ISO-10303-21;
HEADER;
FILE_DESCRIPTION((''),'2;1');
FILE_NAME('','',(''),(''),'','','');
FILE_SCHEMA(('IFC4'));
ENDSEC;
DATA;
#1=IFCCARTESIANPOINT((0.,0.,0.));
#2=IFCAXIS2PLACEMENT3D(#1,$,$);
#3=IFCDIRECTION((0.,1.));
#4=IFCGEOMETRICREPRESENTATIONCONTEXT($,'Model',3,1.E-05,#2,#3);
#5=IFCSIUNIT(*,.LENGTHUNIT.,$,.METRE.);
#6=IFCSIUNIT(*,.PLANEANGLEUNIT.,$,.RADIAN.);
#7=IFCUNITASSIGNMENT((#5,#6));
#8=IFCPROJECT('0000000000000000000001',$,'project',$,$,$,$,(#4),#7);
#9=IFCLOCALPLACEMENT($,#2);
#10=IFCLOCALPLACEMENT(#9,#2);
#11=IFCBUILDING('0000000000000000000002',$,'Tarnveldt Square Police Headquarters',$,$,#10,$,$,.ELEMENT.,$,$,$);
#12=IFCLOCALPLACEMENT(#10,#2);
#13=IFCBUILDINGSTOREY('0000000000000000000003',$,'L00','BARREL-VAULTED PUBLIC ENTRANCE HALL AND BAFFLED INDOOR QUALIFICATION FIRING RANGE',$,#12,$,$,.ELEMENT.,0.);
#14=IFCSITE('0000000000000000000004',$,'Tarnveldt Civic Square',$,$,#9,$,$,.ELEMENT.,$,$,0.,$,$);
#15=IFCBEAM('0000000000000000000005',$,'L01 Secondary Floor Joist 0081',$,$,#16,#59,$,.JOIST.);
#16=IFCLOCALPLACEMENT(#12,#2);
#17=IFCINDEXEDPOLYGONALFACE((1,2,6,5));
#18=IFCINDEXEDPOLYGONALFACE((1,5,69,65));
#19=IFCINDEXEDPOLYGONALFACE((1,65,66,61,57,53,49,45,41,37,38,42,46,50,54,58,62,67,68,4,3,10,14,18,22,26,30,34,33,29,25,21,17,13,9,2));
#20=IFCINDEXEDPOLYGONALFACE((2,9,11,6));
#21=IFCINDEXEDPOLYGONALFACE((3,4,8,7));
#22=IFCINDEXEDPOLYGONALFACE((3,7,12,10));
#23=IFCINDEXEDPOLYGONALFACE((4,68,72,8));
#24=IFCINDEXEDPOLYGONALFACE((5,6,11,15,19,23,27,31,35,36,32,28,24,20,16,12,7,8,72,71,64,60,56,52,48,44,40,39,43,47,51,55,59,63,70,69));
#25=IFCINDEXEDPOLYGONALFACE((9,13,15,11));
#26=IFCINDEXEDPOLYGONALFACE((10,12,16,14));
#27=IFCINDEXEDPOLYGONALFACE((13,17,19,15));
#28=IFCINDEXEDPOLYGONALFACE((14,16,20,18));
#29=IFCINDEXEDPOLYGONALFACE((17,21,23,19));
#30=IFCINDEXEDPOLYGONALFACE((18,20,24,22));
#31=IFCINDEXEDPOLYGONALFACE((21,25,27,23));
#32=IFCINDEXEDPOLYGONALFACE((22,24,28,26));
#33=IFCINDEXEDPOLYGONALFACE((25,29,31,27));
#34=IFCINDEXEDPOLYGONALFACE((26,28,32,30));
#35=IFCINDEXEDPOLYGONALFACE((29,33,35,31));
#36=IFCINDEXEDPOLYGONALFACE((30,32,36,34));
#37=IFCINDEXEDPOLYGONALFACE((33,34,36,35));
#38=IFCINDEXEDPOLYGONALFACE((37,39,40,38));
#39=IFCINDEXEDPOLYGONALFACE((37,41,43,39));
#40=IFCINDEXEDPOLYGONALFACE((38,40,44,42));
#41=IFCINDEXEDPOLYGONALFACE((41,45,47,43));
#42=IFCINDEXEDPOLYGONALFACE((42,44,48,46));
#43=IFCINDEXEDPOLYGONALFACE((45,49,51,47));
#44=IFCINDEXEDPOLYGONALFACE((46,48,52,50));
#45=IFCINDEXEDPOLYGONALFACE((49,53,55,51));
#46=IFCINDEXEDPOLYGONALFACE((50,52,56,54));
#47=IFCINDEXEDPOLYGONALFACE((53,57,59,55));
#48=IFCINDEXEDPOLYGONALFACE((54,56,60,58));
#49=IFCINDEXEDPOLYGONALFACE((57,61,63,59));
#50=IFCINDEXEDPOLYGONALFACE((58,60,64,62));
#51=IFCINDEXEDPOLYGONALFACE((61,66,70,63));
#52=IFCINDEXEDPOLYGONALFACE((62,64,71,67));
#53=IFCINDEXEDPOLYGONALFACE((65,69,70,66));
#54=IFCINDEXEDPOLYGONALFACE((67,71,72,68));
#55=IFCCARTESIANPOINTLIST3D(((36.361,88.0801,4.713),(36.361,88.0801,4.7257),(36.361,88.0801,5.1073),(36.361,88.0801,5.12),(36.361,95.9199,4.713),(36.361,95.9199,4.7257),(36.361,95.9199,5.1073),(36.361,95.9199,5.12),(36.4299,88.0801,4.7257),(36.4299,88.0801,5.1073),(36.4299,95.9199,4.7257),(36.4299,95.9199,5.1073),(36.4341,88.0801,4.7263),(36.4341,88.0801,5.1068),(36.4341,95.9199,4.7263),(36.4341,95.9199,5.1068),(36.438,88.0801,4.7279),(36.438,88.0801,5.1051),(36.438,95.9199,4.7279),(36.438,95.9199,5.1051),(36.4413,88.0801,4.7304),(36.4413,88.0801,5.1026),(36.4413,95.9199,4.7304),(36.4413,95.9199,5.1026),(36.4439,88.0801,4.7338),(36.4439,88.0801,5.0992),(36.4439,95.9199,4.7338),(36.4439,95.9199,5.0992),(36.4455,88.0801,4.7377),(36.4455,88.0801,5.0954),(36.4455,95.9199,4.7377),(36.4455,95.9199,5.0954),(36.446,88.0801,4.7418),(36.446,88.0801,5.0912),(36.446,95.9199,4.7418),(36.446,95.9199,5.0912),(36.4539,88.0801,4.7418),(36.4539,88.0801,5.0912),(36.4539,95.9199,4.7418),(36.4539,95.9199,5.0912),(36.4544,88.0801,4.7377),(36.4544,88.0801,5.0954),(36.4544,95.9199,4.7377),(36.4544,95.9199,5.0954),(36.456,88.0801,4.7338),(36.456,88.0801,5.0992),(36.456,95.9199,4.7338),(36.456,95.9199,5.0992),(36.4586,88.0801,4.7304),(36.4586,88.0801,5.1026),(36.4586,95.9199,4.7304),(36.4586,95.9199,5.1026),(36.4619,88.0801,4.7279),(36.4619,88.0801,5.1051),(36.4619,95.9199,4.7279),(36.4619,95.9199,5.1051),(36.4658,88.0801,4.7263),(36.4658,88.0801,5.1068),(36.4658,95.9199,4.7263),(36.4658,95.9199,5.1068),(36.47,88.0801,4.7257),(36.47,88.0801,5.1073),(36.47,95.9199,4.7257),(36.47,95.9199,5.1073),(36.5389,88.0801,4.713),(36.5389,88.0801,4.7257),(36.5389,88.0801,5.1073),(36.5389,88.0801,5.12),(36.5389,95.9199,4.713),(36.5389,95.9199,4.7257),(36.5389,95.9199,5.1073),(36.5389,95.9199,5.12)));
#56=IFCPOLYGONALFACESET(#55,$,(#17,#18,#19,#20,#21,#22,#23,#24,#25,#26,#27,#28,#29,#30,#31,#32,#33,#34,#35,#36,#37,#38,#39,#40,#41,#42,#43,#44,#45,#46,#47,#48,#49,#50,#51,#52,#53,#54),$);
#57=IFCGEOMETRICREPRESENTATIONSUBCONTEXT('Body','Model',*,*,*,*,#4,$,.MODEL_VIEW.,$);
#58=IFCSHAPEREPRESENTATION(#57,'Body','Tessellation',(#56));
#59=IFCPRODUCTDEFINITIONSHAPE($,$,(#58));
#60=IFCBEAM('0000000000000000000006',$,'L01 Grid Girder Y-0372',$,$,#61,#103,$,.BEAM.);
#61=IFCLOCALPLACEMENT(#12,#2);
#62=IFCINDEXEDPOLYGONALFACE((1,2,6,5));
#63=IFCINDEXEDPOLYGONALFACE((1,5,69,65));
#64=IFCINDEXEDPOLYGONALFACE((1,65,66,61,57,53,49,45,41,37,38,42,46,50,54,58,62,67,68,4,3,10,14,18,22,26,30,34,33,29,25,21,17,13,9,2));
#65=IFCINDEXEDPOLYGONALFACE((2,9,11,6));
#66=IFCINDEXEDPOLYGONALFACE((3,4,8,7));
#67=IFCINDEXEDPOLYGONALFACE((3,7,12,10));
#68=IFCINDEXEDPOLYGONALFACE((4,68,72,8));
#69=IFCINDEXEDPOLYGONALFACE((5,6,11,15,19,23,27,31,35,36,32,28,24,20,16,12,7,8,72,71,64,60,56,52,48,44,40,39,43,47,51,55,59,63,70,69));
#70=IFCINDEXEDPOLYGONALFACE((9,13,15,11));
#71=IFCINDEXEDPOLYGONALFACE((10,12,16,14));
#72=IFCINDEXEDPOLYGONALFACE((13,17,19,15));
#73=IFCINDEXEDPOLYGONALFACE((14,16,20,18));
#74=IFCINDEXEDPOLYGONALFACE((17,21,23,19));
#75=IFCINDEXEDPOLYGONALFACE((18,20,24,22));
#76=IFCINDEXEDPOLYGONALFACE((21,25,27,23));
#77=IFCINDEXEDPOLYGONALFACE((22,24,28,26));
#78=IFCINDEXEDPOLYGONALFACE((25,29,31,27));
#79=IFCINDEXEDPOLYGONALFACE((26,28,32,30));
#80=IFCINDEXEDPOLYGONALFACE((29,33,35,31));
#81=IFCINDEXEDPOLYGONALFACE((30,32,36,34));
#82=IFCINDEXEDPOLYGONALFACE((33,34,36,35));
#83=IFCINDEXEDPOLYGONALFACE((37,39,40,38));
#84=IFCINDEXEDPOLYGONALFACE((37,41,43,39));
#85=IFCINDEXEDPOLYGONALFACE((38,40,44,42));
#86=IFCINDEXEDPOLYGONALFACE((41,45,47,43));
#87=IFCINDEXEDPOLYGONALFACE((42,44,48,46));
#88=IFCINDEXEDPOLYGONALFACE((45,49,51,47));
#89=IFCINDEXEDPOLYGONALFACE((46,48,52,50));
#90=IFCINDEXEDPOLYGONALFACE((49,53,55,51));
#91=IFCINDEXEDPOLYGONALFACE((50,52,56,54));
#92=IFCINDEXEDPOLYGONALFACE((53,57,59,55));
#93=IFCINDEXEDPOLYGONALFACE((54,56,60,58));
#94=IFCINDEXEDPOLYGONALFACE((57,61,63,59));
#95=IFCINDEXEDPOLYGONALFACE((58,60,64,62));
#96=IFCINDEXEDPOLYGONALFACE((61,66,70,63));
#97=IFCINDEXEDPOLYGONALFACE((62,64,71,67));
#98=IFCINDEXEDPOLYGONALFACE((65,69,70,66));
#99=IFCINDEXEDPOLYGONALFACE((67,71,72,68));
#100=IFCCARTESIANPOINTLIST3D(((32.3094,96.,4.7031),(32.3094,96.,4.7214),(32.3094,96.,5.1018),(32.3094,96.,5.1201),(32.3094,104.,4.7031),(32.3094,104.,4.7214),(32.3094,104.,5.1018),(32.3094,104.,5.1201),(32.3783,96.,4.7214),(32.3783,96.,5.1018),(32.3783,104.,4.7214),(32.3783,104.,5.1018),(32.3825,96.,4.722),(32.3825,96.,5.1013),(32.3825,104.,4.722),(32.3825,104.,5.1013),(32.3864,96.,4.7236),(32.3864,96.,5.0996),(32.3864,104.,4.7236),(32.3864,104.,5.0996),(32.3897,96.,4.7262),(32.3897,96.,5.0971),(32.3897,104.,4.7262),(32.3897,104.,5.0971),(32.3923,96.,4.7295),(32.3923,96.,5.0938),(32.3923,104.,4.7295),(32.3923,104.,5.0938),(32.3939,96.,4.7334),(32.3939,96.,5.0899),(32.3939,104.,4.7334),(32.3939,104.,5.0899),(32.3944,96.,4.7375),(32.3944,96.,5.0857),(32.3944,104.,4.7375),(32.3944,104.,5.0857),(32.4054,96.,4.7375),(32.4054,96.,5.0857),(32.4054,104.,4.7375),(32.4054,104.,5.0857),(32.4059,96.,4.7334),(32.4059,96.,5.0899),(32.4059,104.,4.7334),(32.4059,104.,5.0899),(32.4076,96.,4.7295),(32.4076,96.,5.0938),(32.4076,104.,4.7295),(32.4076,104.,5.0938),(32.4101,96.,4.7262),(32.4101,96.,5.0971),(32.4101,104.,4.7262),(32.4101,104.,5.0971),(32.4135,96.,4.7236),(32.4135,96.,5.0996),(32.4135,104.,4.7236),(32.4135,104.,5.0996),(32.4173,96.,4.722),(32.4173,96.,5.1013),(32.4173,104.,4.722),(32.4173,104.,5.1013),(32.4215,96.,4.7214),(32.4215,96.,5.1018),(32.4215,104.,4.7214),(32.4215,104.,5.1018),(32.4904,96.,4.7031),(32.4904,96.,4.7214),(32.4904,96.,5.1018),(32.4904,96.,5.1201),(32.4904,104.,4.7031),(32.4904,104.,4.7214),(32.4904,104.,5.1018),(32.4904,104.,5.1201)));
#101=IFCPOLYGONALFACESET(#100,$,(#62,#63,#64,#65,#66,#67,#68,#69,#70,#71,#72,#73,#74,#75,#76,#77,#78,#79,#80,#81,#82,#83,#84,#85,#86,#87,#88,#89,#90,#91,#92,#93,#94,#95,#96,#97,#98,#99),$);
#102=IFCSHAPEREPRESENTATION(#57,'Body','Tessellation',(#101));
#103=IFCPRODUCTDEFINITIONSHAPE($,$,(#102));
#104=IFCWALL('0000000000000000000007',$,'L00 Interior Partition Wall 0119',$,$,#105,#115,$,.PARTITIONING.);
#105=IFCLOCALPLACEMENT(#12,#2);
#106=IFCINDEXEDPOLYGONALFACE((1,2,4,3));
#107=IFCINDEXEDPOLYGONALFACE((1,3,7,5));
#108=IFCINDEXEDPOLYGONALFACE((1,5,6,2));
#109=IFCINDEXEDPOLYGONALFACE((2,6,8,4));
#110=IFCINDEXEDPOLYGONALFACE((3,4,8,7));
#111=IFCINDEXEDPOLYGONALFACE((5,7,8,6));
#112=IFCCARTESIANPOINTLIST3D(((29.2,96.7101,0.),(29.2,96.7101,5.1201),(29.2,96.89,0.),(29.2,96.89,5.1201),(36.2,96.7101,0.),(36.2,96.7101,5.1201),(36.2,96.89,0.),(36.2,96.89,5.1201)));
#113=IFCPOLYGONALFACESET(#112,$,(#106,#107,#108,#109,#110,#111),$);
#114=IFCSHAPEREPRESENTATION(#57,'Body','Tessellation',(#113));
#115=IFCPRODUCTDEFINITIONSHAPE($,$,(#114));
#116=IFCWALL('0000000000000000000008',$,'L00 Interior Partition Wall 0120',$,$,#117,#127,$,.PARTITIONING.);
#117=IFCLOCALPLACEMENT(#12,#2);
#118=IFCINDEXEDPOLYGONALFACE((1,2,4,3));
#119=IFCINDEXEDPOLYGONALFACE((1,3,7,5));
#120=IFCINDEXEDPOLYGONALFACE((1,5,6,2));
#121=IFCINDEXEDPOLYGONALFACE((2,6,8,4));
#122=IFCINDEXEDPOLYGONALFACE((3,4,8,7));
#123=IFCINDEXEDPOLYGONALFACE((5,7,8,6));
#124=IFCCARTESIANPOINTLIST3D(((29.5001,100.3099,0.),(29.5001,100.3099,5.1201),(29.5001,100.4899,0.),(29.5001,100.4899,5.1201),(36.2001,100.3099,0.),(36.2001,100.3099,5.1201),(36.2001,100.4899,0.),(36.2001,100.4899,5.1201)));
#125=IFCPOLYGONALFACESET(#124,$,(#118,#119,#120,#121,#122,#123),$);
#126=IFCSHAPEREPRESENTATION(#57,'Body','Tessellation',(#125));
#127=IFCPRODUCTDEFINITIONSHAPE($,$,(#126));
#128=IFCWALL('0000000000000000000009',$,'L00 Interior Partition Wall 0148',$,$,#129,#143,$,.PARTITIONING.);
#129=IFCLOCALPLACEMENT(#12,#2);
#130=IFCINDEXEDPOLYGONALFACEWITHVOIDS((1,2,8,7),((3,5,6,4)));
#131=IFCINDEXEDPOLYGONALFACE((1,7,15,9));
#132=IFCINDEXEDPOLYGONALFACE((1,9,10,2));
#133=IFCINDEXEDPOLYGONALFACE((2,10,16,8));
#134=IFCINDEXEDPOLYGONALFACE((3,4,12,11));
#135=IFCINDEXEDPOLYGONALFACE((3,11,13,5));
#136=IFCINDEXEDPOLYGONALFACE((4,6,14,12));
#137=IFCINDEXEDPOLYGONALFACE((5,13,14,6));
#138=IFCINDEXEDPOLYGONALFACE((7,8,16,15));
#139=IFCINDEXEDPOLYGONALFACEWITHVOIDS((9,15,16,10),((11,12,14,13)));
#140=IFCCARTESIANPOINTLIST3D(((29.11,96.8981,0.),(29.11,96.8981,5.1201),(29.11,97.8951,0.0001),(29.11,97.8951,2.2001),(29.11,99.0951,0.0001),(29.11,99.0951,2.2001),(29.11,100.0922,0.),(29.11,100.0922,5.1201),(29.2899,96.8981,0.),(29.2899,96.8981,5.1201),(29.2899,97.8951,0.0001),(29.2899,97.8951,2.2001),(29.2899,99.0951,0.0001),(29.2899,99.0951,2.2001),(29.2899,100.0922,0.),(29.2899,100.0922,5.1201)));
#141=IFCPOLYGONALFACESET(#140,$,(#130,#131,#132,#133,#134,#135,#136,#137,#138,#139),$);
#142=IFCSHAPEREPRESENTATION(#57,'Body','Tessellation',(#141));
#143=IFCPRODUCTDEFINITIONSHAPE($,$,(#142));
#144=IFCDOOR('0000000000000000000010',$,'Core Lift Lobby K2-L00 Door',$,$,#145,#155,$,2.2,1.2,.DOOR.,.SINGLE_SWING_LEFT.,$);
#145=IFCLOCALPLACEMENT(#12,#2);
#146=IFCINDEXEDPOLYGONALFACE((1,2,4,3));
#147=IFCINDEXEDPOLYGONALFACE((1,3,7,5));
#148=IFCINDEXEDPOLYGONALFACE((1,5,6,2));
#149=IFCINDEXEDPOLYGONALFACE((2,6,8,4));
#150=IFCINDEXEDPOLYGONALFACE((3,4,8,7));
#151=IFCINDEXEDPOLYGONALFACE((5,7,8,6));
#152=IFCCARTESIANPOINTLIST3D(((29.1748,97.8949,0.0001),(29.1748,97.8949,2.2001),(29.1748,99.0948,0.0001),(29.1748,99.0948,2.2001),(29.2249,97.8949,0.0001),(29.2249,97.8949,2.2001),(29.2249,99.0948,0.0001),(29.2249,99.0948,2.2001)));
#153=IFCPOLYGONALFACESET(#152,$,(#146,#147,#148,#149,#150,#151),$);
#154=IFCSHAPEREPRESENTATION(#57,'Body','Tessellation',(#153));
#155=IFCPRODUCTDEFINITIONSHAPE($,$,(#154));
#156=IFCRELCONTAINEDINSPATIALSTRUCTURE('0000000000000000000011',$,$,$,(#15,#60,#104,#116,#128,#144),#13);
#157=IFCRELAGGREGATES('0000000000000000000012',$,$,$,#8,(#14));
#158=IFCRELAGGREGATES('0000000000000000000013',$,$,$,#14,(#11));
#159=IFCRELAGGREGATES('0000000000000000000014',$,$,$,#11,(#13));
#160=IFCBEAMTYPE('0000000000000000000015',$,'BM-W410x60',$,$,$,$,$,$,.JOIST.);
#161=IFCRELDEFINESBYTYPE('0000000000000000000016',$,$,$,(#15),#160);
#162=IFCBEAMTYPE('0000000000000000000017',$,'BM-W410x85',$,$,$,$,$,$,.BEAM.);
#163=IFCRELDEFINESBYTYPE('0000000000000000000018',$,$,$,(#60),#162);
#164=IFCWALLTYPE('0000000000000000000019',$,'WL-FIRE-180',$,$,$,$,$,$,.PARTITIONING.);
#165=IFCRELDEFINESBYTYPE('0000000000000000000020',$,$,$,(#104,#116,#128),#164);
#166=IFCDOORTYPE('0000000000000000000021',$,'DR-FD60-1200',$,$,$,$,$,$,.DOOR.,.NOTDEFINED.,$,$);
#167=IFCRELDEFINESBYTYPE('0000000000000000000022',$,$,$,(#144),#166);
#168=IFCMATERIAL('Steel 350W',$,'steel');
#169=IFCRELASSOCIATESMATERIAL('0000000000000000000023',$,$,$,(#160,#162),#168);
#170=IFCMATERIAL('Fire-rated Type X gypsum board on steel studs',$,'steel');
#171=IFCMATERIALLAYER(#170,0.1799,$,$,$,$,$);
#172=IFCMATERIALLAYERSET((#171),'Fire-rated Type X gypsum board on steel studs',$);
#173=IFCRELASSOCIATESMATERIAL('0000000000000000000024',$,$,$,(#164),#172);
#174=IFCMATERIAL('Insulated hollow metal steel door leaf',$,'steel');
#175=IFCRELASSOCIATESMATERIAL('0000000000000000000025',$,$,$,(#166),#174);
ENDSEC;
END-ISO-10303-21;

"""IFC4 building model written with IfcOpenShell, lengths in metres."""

from ifc_helpers import new_model, si_unit, direction, frame, frame_2d, origin, origin_2d, place, context, subcontext, project, spatial, rectangle, i_section, extrude, material, layer, layer_set, material_profile, profile_set, type_object, element, fill, save


model = new_model("IFC4")

# Units and contexts
model_context = context("Model", 3, precision=1e-05, world=origin(), true_north=direction((0.0, 1.0)))
body_context = subcontext(model_context, "Body", "Model", "MODEL_VIEW")
ifc_project = project(units=[si_unit("LENGTHUNIT", "METRE"), si_unit("PLANEANGLEUNIT", "RADIAN")], contexts=[model_context])

# Site, building, storey
site_placement = place(None, origin())
site = spatial("IfcSite", under=ifc_project, at=site_placement, Name="Tarnveldt Civic Square", CompositionType="ELEMENT", RefElevation=0.0)
building_placement = place(site_placement, origin())
building = spatial("IfcBuilding", under=site, at=building_placement, Name="Tarnveldt Square Police Headquarters", CompositionType="ELEMENT")
storey_placement = place(building_placement, origin())
storey = spatial("IfcBuildingStorey", under=building, at=storey_placement, Name="L00", Description="BARREL-VAULTED PUBLIC ENTRANCE HALL AND BAFFLED INDOOR QUALIFICATION FIRING RANGE", CompositionType="ELEMENT", Elevation=0.0)

# Beams
ifc_material_1 = material(Name="Steel 350W", Category="steel")
ifc_material_profile_1 = material_profile(ifc_material_1, i_section(OverallWidth=0.178, OverallDepth=0.407, WebThickness=0.0078, FlangeThickness=0.0127, FilletRadius=0.0161, at=origin_2d()), Name="W410x60")
ifc_profile_set_1 = profile_set([ifc_material_profile_1], Name="Steel 350W")
beam_type_1 = type_object("IfcBeamType", Name="BM-W410x60", PredefinedType="JOIST", material=ifc_profile_set_1)
beam_1_placement = place(storey_placement, frame((36.45, 88.0801, 4.9165), z_axis=(0.0, 1.0, 0.0), x_axis=(-1.0, 0.0, 0.0)))
element("IfcBeam", 1, at=beam_1_placement, inside=storey, type_object=beam_type_1, Name="L01 Secondary Floor Joist 0081", PredefinedType="JOIST", context=body_context, shape_type="SweptSolid", body=[
    extrude(i_section(OverallWidth=0.178, OverallDepth=0.407, WebThickness=0.0078, FlangeThickness=0.0127, FilletRadius=0.0161, at=origin_2d()), origin(), (0.0, 0.0, 1.0), 7.8398),
])
ifc_material_profile_2 = material_profile(ifc_material_1, i_section(OverallWidth=0.1809, OverallDepth=0.417, WebThickness=0.011, FlangeThickness=0.0183, FilletRadius=0.0161, at=origin_2d()), Name="W410x85")
ifc_profile_set_2 = profile_set([ifc_material_profile_2], Name="Steel 350W")
beam_type_2 = type_object("IfcBeamType", Name="BM-W410x85", PredefinedType="BEAM", material=ifc_profile_set_2)
beam_2_placement = place(storey_placement, frame((32.3999, 96.0, 4.9116), z_axis=(0.0, 1.0, 0.0), x_axis=(-1.0, 0.0, 0.0)))
element("IfcBeam", 2, at=beam_2_placement, inside=storey, type_object=beam_type_2, Name="L01 Grid Girder Y-0372", PredefinedType="BEAM", context=body_context, shape_type="SweptSolid", body=[
    extrude(i_section(OverallWidth=0.1809, OverallDepth=0.417, WebThickness=0.011, FlangeThickness=0.0183, FilletRadius=0.0161, at=origin_2d()), origin(), (0.0, 0.0, 1.0), 8.0),
])

# Walls
ifc_material_2 = material(Name="Fire-rated Type X gypsum board on steel studs", Category="steel")
ifc_layer = layer(ifc_material_2, 0.1799)
ifc_layer_set = layer_set([ifc_layer], Name="Fire-rated Type X gypsum board on steel studs")
wall_type = type_object("IfcWallType", Name="WL-FIRE-180", PredefinedType="PARTITIONING", material=ifc_layer_set)
wall_1_placement = place(storey_placement, frame((29.2, 96.8, 0.0), z_axis=(0.0, 0.0, 1.0), x_axis=(1.0, 0.0, 0.0)))
element("IfcWall", 3, at=wall_1_placement, inside=storey, type_object=wall_type, Name="L00 Interior Partition Wall 0119", PredefinedType="PARTITIONING", context=body_context, shape_type="SweptSolid", body=[
    extrude(rectangle(XDim=7.0, YDim=0.1799, at=frame_2d((3.5, 0.0))), origin(), (0.0, 0.0, 1.0), 5.1201),
])
wall_2_placement = place(storey_placement, frame((29.5, 100.3999, 0.0), z_axis=(0.0, 0.0, 1.0), x_axis=(1.0, 0.0, 0.0)))
element("IfcWall", 4, at=wall_2_placement, inside=storey, type_object=wall_type, Name="L00 Interior Partition Wall 0120", PredefinedType="PARTITIONING", context=body_context, shape_type="SweptSolid", body=[
    extrude(rectangle(XDim=6.7, YDim=0.1799, at=frame_2d((3.3501, 0.0))), origin(), (0.0, 0.0, 1.0), 5.1201),
])

# Wall, opening, door
wall_3_placement = place(storey_placement, frame((29.2, 96.8979, 0.0), z_axis=(0.0, 0.0, 1.0), x_axis=(0.0, 1.0, 0.0)))
wall_3 = element("IfcWall", 5, at=wall_3_placement, inside=storey, type_object=wall_type, Name="L00 Interior Partition Wall 0148", PredefinedType="PARTITIONING", context=body_context, shape_type="SweptSolid", body=[
    extrude(rectangle(XDim=3.1941, YDim=0.1799, at=frame_2d((1.5972, 0.0))), origin(), (0.0, 0.0, 1.0), 5.1201),
])
opening_1_placement = place(wall_3_placement, frame((0.9971, 0.0, 0.0)))
opening_1 = element("IfcOpeningElement", 6, at=opening_1_placement, cuts=wall_3, PredefinedType="OPENING", context=body_context, shape_type="SweptSolid", body=[
    extrude(rectangle(XDim=1.2, YDim=2.2, at=frame_2d((0.6001, 1.1001))), frame((0.0, 0.0999, 0.0), z_axis=(0.0, -1.0, 0.0), x_axis=(1.0, 0.0, 0.0)), (0.0, 0.0, 1.0), 0.2),
])
ifc_material_3 = material(Name="Insulated hollow metal steel door leaf", Category="steel")
door_type_1 = type_object("IfcDoorType", Name="DR-FD60-1200", OperationType="NOTDEFINED", PredefinedType="DOOR", material=ifc_material_3)
door_1_placement = place(opening_1_placement, frame((1.2, 0.0, 0.0), z_axis=(0.0, 0.0, 1.0), x_axis=(-1.0, 0.0, 0.0)))
door_1 = element("IfcDoor", 7, at=door_1_placement, inside=storey, type_object=door_type_1, Name="Core Lift Lobby K2-L00 Door", OperationType="SINGLE_SWING_LEFT", OverallHeight=2.2, OverallWidth=1.2, PredefinedType="DOOR", context=body_context, shape_type="SweptSolid", body=[
    extrude(rectangle(XDim=1.2, YDim=2.2, at=frame_2d((0.6001, 1.1001))), frame((0.0, 0.0249, 0.0), z_axis=(0.0, -1.0, 0.0), x_axis=(1.0, 0.0, 0.0)), (0.0, 0.0, 1.0), 0.05),
])
fill(opening_1, door_1)

save(model, "model.ifc")
